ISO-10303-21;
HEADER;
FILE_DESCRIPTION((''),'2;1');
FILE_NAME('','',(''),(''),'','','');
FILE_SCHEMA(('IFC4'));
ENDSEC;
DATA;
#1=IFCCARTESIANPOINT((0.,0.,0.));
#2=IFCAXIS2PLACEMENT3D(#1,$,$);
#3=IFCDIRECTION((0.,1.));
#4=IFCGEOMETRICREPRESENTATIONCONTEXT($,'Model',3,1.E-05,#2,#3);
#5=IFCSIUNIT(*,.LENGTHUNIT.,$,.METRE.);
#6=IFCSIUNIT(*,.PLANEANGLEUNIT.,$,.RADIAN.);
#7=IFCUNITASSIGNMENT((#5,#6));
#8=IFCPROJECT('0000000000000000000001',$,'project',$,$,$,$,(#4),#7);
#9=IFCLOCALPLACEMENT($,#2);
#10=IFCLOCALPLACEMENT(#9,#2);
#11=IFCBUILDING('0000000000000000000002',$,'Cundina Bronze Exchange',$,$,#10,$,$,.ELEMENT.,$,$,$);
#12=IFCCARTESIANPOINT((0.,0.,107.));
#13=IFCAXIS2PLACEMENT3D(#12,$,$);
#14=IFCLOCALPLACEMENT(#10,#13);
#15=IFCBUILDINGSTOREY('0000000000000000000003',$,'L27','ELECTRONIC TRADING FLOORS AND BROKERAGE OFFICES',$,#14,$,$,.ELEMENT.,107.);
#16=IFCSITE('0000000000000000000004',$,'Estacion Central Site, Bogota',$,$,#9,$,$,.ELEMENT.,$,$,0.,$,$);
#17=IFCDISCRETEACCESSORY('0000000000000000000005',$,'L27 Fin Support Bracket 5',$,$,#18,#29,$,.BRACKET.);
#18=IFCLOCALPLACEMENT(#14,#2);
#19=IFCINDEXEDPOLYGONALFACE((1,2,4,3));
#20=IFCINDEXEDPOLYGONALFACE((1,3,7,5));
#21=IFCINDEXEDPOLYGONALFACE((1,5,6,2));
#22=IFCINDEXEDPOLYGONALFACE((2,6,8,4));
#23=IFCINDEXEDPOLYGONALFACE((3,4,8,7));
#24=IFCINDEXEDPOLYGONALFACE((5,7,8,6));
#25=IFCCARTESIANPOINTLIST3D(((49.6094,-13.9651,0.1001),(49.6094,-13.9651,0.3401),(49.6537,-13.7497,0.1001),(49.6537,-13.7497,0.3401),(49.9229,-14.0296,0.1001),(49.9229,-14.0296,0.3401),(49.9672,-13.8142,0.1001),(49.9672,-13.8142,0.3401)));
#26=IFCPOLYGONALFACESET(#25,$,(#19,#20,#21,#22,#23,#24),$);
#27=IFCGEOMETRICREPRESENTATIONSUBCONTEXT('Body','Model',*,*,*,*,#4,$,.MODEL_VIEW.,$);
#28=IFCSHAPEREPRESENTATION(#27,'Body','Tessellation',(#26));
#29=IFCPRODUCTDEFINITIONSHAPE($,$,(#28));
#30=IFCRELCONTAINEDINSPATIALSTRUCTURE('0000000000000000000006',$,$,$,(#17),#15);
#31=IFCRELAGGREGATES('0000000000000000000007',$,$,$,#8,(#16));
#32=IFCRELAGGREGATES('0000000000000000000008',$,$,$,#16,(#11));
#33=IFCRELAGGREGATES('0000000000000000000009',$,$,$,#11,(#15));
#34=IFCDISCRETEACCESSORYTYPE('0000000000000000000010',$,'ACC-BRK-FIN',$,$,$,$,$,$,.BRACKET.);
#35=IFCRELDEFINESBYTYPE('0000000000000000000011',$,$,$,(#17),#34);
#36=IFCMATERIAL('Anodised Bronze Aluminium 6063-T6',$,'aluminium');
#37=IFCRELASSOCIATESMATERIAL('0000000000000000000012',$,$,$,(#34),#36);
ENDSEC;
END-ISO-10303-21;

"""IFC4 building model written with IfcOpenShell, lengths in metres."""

from ifc_helpers import new_model, si_unit, direction, frame, origin, origin_2d, place, context, subcontext, project, spatial, rectangle, extrude, material, type_object, element, save


model = new_model("IFC4")

# Units and contexts
model_context = context("Model", 3, precision=1e-05, world=origin(), true_north=direction((0.0, 1.0)))
body_context = subcontext(model_context, "Body", "Model", "MODEL_VIEW")
ifc_project = project(units=[si_unit("LENGTHUNIT", "METRE"), si_unit("PLANEANGLEUNIT", "RADIAN")], contexts=[model_context])

# Site, building, storey
site_placement = place(None, origin())
site = spatial("IfcSite", under=ifc_project, at=site_placement, Name="Estacion Central Site, Bogota", CompositionType="ELEMENT", RefElevation=0.0)
building_placement = place(site_placement, origin())
building = spatial("IfcBuilding", under=site, at=building_placement, Name="Cundina Bronze Exchange", CompositionType="ELEMENT")
storey_placement = place(building_placement, frame((0.0, 0.0, 107.0)))
storey = spatial("IfcBuildingStorey", under=building, at=storey_placement, Name="L27", Description="ELECTRONIC TRADING FLOORS AND BROKERAGE OFFICES", CompositionType="ELEMENT", Elevation=107.0)

# Shared definitions
ifc_material_1 = material(Name="Anodised Bronze Aluminium 6063-T6", Category="aluminium")

# Discrete accessory
discrete_accessory_type = type_object("IfcDiscreteAccessoryType", Name="ACC-BRK-FIN", PredefinedType="BRACKET", material=ifc_material_1)
for number, where, z_axis, x_axis, name in (
    (1, (49.7883, -13.8896, 0.1001), (0.0, 0.0, 1.0), (0.20142, 0.979505, 0.0), "L27 Fin Support Bracket 5"),
):
    element("IfcDiscreteAccessory", number, at=place(storey_placement, frame(where, z_axis=z_axis, x_axis=x_axis)), inside=storey, type_object=discrete_accessory_type, Name=name, PredefinedType="BRACKET", context=body_context, shape_type="SweptSolid", body=[
        extrude(rectangle(XDim=0.22, YDim=0.3201, at=origin_2d()), origin(), (0.0, 0.0, 1.0), 0.24),
    ])

save(model, "model.ifc")
